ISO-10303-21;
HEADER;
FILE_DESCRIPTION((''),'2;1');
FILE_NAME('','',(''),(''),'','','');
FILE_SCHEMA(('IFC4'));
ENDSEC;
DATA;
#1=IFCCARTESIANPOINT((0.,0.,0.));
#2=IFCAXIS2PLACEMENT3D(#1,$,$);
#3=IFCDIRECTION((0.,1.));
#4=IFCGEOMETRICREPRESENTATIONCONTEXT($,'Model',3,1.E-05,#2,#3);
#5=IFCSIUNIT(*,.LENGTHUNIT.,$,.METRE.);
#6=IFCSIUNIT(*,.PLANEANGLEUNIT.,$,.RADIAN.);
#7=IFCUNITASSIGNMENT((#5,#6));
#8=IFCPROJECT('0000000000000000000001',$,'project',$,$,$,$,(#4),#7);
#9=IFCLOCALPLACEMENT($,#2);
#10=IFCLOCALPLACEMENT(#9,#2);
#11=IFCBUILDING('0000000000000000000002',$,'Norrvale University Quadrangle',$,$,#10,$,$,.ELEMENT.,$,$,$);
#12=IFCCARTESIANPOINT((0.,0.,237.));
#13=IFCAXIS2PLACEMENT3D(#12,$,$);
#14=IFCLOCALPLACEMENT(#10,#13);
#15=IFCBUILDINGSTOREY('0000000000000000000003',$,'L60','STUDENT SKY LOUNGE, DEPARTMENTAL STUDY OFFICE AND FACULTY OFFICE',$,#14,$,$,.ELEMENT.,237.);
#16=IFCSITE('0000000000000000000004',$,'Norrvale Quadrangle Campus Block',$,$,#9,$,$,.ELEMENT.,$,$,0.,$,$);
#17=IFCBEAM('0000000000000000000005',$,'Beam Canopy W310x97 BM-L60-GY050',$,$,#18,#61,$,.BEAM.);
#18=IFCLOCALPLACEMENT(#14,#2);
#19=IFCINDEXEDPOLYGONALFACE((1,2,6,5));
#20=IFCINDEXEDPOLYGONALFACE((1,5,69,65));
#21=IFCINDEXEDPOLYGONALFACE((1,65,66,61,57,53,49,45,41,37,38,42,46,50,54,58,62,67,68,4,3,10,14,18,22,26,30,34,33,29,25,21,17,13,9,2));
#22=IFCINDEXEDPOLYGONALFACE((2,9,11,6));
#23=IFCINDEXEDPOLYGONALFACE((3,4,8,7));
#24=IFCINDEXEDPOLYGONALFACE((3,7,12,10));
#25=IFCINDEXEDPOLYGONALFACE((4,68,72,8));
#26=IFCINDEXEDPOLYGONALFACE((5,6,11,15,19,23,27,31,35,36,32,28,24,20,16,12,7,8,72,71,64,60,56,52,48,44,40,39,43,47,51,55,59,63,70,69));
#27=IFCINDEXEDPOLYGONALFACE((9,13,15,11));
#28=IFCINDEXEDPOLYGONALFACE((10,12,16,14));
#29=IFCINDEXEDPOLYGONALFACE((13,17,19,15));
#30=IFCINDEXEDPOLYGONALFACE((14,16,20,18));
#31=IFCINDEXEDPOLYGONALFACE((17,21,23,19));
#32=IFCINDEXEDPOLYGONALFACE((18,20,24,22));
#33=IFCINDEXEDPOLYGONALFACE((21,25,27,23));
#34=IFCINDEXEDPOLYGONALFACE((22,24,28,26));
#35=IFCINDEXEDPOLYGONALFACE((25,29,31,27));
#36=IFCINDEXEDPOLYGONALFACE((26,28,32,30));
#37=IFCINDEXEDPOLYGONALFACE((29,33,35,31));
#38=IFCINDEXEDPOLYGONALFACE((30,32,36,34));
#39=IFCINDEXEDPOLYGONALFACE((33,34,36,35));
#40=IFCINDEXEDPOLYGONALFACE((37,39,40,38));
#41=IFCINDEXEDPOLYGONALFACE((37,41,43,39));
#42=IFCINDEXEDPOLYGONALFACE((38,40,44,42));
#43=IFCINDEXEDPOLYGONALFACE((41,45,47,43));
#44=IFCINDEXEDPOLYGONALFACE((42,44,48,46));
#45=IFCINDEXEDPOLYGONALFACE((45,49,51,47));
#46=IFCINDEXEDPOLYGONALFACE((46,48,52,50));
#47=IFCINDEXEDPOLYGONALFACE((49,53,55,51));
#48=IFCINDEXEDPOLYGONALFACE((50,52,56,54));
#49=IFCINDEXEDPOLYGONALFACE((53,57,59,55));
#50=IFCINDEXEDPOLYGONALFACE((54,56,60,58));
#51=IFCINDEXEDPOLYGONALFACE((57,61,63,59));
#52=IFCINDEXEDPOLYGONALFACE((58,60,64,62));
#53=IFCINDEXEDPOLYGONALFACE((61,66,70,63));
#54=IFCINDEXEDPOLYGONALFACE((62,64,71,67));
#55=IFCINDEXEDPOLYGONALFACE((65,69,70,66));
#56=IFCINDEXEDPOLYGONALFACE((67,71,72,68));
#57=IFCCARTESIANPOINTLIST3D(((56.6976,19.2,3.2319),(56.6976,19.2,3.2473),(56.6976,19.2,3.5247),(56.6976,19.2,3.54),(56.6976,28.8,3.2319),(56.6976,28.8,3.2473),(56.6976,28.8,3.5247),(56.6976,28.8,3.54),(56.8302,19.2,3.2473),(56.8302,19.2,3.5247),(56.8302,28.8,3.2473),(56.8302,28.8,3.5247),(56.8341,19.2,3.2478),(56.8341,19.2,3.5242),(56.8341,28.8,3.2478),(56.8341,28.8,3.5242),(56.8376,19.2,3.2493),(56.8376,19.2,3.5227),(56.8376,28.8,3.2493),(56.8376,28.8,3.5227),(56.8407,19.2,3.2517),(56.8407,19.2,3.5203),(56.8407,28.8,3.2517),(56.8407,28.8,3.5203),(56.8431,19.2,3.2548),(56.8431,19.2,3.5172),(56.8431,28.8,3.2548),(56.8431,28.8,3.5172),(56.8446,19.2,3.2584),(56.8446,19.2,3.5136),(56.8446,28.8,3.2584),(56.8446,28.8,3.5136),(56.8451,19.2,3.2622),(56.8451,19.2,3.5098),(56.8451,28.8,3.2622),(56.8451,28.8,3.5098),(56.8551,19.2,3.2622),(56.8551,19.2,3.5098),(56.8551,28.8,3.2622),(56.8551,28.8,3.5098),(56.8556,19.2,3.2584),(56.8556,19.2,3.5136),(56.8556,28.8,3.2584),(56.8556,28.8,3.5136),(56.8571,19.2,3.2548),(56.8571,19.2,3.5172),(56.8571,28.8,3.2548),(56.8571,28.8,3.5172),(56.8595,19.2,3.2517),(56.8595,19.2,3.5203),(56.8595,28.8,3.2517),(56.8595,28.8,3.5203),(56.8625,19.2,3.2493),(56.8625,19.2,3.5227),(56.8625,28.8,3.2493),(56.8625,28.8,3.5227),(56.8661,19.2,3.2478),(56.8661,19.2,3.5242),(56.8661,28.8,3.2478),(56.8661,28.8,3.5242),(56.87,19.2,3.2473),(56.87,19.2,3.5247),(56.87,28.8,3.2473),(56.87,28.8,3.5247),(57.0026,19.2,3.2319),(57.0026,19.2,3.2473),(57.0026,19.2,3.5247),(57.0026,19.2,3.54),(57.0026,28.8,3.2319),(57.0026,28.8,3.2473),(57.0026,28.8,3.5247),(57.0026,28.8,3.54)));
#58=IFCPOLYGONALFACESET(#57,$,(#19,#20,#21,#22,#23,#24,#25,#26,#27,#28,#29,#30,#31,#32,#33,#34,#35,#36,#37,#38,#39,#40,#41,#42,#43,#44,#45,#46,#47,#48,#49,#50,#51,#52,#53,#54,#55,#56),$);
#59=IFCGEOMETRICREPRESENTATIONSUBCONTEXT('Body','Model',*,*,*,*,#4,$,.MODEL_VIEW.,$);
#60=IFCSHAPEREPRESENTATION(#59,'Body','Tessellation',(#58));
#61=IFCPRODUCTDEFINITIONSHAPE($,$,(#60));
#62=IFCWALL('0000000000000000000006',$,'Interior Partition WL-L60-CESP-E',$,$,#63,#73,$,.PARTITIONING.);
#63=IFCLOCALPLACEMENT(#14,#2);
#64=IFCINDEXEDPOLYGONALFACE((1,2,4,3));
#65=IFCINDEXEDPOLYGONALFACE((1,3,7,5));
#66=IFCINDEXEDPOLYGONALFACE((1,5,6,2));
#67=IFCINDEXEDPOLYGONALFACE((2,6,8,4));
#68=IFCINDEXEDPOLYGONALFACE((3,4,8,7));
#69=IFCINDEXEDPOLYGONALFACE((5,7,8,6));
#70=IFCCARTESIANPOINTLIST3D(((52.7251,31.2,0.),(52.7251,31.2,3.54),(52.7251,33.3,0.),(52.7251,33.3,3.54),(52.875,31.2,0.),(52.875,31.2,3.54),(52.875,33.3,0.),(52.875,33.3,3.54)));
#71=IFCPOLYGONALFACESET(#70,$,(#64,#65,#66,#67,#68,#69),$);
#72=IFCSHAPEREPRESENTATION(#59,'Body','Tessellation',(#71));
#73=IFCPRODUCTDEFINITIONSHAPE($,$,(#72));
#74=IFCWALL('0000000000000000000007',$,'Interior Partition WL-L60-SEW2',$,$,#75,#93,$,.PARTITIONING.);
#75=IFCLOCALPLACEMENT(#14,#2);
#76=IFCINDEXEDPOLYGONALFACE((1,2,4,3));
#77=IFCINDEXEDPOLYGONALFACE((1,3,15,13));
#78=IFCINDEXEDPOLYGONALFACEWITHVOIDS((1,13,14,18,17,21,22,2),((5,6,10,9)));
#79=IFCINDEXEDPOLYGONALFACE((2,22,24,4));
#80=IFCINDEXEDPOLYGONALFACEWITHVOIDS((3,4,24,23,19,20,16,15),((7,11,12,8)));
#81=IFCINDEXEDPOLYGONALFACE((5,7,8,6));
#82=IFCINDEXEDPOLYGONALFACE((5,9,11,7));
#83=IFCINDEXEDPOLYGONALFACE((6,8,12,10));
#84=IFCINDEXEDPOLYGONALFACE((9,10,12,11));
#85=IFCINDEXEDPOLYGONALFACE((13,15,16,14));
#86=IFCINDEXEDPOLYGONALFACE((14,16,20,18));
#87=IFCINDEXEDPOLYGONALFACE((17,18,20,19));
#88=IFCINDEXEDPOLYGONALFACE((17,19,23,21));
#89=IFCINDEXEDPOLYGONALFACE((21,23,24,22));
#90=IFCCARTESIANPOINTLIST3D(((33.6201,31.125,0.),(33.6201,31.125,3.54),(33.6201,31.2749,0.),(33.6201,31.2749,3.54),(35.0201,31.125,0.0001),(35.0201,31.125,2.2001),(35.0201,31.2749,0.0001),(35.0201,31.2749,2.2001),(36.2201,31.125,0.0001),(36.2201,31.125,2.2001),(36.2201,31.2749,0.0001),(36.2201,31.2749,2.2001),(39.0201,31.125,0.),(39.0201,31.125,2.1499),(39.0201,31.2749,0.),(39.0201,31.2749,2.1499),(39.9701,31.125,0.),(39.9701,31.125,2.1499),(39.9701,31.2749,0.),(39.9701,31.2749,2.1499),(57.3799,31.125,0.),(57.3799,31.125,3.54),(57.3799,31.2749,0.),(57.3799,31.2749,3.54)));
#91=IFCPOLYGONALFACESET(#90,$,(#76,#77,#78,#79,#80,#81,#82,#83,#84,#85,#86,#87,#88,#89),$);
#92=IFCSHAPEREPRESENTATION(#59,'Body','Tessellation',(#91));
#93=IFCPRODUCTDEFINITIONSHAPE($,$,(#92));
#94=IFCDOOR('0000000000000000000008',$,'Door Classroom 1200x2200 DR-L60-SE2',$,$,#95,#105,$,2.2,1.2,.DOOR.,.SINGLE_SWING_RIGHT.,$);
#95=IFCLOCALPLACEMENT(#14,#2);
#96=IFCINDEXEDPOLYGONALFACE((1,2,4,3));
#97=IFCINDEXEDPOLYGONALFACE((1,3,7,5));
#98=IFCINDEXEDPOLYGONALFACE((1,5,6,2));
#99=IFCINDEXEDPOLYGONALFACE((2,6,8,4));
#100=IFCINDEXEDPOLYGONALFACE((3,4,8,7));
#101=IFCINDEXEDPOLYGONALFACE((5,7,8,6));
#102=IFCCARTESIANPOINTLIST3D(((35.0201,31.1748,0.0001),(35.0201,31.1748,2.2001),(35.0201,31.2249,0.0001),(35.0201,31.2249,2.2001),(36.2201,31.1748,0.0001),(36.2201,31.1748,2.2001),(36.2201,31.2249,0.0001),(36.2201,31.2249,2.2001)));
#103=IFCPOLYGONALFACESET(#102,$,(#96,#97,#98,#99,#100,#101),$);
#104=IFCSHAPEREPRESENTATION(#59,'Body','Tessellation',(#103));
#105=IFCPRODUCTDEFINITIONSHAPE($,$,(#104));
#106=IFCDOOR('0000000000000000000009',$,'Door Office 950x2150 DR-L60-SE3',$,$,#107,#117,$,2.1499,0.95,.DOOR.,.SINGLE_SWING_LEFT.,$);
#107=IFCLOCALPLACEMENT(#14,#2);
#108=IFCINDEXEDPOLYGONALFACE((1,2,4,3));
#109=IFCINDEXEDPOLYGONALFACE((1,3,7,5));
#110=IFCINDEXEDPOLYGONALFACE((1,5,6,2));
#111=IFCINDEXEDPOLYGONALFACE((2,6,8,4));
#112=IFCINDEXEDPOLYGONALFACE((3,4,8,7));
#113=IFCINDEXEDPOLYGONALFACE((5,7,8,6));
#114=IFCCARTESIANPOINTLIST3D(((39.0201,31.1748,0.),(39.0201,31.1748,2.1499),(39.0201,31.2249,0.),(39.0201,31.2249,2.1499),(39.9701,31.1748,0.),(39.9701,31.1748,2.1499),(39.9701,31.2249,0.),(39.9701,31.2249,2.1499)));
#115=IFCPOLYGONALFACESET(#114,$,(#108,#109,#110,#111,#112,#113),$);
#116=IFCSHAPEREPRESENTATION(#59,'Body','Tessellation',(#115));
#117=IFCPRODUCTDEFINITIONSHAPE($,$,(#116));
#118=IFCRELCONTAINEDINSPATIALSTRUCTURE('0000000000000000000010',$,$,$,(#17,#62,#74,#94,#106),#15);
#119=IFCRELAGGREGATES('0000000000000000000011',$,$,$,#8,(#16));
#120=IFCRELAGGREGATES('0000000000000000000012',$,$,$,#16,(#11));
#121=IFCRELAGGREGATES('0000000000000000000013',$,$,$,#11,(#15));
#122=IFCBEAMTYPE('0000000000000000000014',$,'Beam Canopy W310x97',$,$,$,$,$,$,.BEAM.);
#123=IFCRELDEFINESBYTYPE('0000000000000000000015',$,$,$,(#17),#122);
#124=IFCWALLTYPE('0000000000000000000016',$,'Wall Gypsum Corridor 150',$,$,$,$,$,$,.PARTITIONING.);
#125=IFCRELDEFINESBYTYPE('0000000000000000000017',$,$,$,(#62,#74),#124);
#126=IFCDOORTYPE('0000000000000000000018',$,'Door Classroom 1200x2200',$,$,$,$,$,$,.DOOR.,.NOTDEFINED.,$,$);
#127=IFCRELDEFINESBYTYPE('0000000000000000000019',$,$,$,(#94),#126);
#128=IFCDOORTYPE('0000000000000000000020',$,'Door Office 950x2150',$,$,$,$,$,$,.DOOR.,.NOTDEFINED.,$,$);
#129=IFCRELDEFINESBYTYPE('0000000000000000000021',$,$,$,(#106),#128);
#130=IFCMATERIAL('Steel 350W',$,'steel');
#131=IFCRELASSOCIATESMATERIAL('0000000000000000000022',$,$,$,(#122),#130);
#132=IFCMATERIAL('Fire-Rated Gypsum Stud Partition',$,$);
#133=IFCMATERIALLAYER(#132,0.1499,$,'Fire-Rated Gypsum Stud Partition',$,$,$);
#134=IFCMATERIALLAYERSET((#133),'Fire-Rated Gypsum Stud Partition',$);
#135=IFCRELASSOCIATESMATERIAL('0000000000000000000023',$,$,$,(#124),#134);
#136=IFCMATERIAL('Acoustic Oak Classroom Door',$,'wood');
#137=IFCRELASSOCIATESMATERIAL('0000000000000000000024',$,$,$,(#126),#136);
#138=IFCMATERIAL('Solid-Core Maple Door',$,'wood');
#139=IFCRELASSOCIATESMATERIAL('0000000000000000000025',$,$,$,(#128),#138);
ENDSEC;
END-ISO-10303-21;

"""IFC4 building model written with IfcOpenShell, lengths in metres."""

from ifc_helpers import new_model, si_unit, direction, frame, frame_2d, origin, origin_2d, place, context, subcontext, project, spatial, rectangle, i_section, extrude, material, layer, layer_set, material_profile, profile_set, type_object, element, fill, save


model = new_model("IFC4")

# Units and contexts
model_context = context("Model", 3, precision=1e-05, world=origin(), true_north=direction((0.0, 1.0)))
body_context = subcontext(model_context, "Body", "Model", "MODEL_VIEW")
ifc_project = project(units=[si_unit("LENGTHUNIT", "METRE"), si_unit("PLANEANGLEUNIT", "RADIAN")], contexts=[model_context])

# Site, building, storey
site_placement = place(None, origin())
site = spatial("IfcSite", under=ifc_project, at=site_placement, Name="Norrvale Quadrangle Campus Block", CompositionType="ELEMENT", RefElevation=0.0)
building_placement = place(site_placement, origin())
building = spatial("IfcBuilding", under=site, at=building_placement, Name="Norrvale University Quadrangle", CompositionType="ELEMENT")
storey_placement = place(building_placement, frame((0.0, 0.0, 237.0)))
storey = spatial("IfcBuildingStorey", under=building, at=storey_placement, Name="L60", Description="STUDENT SKY LOUNGE, DEPARTMENTAL STUDY OFFICE AND FACULTY OFFICE", CompositionType="ELEMENT", Elevation=237.0)

# Beam
ifc_material_1 = material(Name="Steel 350W", Category="steel")
ifc_material_profile_1 = material_profile(ifc_material_1, i_section(OverallWidth=0.3049, OverallDepth=0.3081, WebThickness=0.01, FlangeThickness=0.0154, FilletRadius=0.0149, at=origin_2d()), Name="Steel 350W")
ifc_profile_set_1 = profile_set([ifc_material_profile_1], Name="Steel 350W")
beam_type_1 = type_object("IfcBeamType", Name="Beam Canopy W310x97", PredefinedType="BEAM", material=ifc_profile_set_1)
beam_1_placement = place(storey_placement, frame((56.8501, 19.2, 3.386), z_axis=(0.0, 1.0, 0.0), x_axis=(-1.0, 0.0, 0.0)))
element("IfcBeam", 1, at=beam_1_placement, inside=storey, type_object=beam_type_1, Name="Beam Canopy W310x97 BM-L60-GY050", PredefinedType="BEAM", context=body_context, shape_type="SweptSolid", body=[
    extrude(i_section(OverallWidth=0.3049, OverallDepth=0.3081, WebThickness=0.01, FlangeThickness=0.0154, FilletRadius=0.0149, at=origin_2d()), origin(), (0.0, 0.0, 1.0), 9.6001),
])

# Wall
ifc_material_2 = material(Name="Fire-Rated Gypsum Stud Partition")
ifc_layer = layer(ifc_material_2, 0.1499, Name="Fire-Rated Gypsum Stud Partition")
ifc_layer_set = layer_set([ifc_layer], Name="Fire-Rated Gypsum Stud Partition")
wall_type = type_object("IfcWallType", Name="Wall Gypsum Corridor 150", PredefinedType="PARTITIONING", material=ifc_layer_set)
wall_1_placement = place(storey_placement, frame((52.8, 31.2, 0.0), z_axis=(0.0, 0.0, 1.0), x_axis=(0.0, 1.0, 0.0)))
element("IfcWall", 2, at=wall_1_placement, inside=storey, type_object=wall_type, Name="Interior Partition WL-L60-CESP-E", PredefinedType="PARTITIONING", context=body_context, shape_type="SweptSolid", body=[
    extrude(rectangle(XDim=2.1001, YDim=0.1499, at=frame_2d((1.05, 0.0))), origin(), (0.0, 0.0, 1.0), 3.54),
])

# Wall, openings, doors
wall_2_placement = place(storey_placement, frame((33.6201, 31.2, 0.0), z_axis=(0.0, 0.0, 1.0), x_axis=(1.0, 0.0, 0.0)))
wall_2 = element("IfcWall", 3, at=wall_2_placement, inside=storey, type_object=wall_type, Name="Interior Partition WL-L60-SEW2", PredefinedType="PARTITIONING", context=body_context, shape_type="SweptSolid", body=[
    extrude(rectangle(XDim=23.7598, YDim=0.1499, at=frame_2d((11.8799, 0.0))), origin(), (0.0, 0.0, 1.0), 3.54),
])
opening_1_placement = place(wall_2_placement, frame((1.3999, 0.0, 0.0)))
opening_1 = element("IfcOpeningElement", 4, at=opening_1_placement, cuts=wall_2, PredefinedType="OPENING", context=body_context, shape_type="SweptSolid", body=[
    extrude(rectangle(XDim=1.2, YDim=2.2, at=frame_2d((0.6001, 1.1001))), frame((0.0, 0.0869, 0.0), z_axis=(0.0, -1.0, 0.0), x_axis=(1.0, 0.0, 0.0)), (0.0, 0.0, 1.0), 0.1738),
])
opening_2_placement = place(wall_2_placement, frame((5.3999, 0.0, 0.0)))
opening_2 = element("IfcOpeningElement", 5, at=opening_2_placement, cuts=wall_2, PredefinedType="OPENING", context=body_context, shape_type="SweptSolid", body=[
    extrude(rectangle(XDim=0.95, YDim=2.1499, at=frame_2d((0.4751, 1.075))), frame((0.0, 0.0869, 0.0), z_axis=(0.0, -1.0, 0.0), x_axis=(1.0, 0.0, 0.0)), (0.0, 0.0, 1.0), 0.1738),
])
ifc_material_3 = material(Name="Acoustic Oak Classroom Door", Category="wood")
door_type_1 = type_object("IfcDoorType", Name="Door Classroom 1200x2200", OperationType="NOTDEFINED", PredefinedType="DOOR", material=ifc_material_3)
door_1_placement = place(opening_1_placement, origin())
door_1 = element("IfcDoor", 6, at=door_1_placement, inside=storey, type_object=door_type_1, Name="Door Classroom 1200x2200 DR-L60-SE2", OperationType="SINGLE_SWING_RIGHT", OverallHeight=2.2, OverallWidth=1.2, PredefinedType="DOOR", context=body_context, shape_type="SweptSolid", body=[
    extrude(rectangle(XDim=1.2, YDim=2.2, at=frame_2d((0.6001, 1.1001))), frame((0.0, 0.0249, 0.0), z_axis=(0.0, -1.0, 0.0), x_axis=(1.0, 0.0, 0.0)), (0.0, 0.0, 1.0), 0.05),
])
fill(opening_1, door_1)
ifc_material_4 = material(Name="Solid-Core Maple Door", Category="wood")
door_type_2 = type_object("IfcDoorType", Name="Door Office 950x2150", OperationType="NOTDEFINED", PredefinedType="DOOR", material=ifc_material_4)
door_2_placement = place(opening_2_placement, origin())
door_2 = element("IfcDoor", 7, at=door_2_placement, inside=storey, type_object=door_type_2, Name="Door Office 950x2150 DR-L60-SE3", OperationType="SINGLE_SWING_LEFT", OverallHeight=2.1499, OverallWidth=0.95, PredefinedType="DOOR", context=body_context, shape_type="SweptSolid", body=[
    extrude(rectangle(XDim=0.95, YDim=2.1499, at=frame_2d((0.4751, 1.075))), frame((0.0, 0.0249, 0.0), z_axis=(0.0, -1.0, 0.0), x_axis=(1.0, 0.0, 0.0)), (0.0, 0.0, 1.0), 0.05),
])
fill(opening_2, door_2)

save(model, "model.ifc")
